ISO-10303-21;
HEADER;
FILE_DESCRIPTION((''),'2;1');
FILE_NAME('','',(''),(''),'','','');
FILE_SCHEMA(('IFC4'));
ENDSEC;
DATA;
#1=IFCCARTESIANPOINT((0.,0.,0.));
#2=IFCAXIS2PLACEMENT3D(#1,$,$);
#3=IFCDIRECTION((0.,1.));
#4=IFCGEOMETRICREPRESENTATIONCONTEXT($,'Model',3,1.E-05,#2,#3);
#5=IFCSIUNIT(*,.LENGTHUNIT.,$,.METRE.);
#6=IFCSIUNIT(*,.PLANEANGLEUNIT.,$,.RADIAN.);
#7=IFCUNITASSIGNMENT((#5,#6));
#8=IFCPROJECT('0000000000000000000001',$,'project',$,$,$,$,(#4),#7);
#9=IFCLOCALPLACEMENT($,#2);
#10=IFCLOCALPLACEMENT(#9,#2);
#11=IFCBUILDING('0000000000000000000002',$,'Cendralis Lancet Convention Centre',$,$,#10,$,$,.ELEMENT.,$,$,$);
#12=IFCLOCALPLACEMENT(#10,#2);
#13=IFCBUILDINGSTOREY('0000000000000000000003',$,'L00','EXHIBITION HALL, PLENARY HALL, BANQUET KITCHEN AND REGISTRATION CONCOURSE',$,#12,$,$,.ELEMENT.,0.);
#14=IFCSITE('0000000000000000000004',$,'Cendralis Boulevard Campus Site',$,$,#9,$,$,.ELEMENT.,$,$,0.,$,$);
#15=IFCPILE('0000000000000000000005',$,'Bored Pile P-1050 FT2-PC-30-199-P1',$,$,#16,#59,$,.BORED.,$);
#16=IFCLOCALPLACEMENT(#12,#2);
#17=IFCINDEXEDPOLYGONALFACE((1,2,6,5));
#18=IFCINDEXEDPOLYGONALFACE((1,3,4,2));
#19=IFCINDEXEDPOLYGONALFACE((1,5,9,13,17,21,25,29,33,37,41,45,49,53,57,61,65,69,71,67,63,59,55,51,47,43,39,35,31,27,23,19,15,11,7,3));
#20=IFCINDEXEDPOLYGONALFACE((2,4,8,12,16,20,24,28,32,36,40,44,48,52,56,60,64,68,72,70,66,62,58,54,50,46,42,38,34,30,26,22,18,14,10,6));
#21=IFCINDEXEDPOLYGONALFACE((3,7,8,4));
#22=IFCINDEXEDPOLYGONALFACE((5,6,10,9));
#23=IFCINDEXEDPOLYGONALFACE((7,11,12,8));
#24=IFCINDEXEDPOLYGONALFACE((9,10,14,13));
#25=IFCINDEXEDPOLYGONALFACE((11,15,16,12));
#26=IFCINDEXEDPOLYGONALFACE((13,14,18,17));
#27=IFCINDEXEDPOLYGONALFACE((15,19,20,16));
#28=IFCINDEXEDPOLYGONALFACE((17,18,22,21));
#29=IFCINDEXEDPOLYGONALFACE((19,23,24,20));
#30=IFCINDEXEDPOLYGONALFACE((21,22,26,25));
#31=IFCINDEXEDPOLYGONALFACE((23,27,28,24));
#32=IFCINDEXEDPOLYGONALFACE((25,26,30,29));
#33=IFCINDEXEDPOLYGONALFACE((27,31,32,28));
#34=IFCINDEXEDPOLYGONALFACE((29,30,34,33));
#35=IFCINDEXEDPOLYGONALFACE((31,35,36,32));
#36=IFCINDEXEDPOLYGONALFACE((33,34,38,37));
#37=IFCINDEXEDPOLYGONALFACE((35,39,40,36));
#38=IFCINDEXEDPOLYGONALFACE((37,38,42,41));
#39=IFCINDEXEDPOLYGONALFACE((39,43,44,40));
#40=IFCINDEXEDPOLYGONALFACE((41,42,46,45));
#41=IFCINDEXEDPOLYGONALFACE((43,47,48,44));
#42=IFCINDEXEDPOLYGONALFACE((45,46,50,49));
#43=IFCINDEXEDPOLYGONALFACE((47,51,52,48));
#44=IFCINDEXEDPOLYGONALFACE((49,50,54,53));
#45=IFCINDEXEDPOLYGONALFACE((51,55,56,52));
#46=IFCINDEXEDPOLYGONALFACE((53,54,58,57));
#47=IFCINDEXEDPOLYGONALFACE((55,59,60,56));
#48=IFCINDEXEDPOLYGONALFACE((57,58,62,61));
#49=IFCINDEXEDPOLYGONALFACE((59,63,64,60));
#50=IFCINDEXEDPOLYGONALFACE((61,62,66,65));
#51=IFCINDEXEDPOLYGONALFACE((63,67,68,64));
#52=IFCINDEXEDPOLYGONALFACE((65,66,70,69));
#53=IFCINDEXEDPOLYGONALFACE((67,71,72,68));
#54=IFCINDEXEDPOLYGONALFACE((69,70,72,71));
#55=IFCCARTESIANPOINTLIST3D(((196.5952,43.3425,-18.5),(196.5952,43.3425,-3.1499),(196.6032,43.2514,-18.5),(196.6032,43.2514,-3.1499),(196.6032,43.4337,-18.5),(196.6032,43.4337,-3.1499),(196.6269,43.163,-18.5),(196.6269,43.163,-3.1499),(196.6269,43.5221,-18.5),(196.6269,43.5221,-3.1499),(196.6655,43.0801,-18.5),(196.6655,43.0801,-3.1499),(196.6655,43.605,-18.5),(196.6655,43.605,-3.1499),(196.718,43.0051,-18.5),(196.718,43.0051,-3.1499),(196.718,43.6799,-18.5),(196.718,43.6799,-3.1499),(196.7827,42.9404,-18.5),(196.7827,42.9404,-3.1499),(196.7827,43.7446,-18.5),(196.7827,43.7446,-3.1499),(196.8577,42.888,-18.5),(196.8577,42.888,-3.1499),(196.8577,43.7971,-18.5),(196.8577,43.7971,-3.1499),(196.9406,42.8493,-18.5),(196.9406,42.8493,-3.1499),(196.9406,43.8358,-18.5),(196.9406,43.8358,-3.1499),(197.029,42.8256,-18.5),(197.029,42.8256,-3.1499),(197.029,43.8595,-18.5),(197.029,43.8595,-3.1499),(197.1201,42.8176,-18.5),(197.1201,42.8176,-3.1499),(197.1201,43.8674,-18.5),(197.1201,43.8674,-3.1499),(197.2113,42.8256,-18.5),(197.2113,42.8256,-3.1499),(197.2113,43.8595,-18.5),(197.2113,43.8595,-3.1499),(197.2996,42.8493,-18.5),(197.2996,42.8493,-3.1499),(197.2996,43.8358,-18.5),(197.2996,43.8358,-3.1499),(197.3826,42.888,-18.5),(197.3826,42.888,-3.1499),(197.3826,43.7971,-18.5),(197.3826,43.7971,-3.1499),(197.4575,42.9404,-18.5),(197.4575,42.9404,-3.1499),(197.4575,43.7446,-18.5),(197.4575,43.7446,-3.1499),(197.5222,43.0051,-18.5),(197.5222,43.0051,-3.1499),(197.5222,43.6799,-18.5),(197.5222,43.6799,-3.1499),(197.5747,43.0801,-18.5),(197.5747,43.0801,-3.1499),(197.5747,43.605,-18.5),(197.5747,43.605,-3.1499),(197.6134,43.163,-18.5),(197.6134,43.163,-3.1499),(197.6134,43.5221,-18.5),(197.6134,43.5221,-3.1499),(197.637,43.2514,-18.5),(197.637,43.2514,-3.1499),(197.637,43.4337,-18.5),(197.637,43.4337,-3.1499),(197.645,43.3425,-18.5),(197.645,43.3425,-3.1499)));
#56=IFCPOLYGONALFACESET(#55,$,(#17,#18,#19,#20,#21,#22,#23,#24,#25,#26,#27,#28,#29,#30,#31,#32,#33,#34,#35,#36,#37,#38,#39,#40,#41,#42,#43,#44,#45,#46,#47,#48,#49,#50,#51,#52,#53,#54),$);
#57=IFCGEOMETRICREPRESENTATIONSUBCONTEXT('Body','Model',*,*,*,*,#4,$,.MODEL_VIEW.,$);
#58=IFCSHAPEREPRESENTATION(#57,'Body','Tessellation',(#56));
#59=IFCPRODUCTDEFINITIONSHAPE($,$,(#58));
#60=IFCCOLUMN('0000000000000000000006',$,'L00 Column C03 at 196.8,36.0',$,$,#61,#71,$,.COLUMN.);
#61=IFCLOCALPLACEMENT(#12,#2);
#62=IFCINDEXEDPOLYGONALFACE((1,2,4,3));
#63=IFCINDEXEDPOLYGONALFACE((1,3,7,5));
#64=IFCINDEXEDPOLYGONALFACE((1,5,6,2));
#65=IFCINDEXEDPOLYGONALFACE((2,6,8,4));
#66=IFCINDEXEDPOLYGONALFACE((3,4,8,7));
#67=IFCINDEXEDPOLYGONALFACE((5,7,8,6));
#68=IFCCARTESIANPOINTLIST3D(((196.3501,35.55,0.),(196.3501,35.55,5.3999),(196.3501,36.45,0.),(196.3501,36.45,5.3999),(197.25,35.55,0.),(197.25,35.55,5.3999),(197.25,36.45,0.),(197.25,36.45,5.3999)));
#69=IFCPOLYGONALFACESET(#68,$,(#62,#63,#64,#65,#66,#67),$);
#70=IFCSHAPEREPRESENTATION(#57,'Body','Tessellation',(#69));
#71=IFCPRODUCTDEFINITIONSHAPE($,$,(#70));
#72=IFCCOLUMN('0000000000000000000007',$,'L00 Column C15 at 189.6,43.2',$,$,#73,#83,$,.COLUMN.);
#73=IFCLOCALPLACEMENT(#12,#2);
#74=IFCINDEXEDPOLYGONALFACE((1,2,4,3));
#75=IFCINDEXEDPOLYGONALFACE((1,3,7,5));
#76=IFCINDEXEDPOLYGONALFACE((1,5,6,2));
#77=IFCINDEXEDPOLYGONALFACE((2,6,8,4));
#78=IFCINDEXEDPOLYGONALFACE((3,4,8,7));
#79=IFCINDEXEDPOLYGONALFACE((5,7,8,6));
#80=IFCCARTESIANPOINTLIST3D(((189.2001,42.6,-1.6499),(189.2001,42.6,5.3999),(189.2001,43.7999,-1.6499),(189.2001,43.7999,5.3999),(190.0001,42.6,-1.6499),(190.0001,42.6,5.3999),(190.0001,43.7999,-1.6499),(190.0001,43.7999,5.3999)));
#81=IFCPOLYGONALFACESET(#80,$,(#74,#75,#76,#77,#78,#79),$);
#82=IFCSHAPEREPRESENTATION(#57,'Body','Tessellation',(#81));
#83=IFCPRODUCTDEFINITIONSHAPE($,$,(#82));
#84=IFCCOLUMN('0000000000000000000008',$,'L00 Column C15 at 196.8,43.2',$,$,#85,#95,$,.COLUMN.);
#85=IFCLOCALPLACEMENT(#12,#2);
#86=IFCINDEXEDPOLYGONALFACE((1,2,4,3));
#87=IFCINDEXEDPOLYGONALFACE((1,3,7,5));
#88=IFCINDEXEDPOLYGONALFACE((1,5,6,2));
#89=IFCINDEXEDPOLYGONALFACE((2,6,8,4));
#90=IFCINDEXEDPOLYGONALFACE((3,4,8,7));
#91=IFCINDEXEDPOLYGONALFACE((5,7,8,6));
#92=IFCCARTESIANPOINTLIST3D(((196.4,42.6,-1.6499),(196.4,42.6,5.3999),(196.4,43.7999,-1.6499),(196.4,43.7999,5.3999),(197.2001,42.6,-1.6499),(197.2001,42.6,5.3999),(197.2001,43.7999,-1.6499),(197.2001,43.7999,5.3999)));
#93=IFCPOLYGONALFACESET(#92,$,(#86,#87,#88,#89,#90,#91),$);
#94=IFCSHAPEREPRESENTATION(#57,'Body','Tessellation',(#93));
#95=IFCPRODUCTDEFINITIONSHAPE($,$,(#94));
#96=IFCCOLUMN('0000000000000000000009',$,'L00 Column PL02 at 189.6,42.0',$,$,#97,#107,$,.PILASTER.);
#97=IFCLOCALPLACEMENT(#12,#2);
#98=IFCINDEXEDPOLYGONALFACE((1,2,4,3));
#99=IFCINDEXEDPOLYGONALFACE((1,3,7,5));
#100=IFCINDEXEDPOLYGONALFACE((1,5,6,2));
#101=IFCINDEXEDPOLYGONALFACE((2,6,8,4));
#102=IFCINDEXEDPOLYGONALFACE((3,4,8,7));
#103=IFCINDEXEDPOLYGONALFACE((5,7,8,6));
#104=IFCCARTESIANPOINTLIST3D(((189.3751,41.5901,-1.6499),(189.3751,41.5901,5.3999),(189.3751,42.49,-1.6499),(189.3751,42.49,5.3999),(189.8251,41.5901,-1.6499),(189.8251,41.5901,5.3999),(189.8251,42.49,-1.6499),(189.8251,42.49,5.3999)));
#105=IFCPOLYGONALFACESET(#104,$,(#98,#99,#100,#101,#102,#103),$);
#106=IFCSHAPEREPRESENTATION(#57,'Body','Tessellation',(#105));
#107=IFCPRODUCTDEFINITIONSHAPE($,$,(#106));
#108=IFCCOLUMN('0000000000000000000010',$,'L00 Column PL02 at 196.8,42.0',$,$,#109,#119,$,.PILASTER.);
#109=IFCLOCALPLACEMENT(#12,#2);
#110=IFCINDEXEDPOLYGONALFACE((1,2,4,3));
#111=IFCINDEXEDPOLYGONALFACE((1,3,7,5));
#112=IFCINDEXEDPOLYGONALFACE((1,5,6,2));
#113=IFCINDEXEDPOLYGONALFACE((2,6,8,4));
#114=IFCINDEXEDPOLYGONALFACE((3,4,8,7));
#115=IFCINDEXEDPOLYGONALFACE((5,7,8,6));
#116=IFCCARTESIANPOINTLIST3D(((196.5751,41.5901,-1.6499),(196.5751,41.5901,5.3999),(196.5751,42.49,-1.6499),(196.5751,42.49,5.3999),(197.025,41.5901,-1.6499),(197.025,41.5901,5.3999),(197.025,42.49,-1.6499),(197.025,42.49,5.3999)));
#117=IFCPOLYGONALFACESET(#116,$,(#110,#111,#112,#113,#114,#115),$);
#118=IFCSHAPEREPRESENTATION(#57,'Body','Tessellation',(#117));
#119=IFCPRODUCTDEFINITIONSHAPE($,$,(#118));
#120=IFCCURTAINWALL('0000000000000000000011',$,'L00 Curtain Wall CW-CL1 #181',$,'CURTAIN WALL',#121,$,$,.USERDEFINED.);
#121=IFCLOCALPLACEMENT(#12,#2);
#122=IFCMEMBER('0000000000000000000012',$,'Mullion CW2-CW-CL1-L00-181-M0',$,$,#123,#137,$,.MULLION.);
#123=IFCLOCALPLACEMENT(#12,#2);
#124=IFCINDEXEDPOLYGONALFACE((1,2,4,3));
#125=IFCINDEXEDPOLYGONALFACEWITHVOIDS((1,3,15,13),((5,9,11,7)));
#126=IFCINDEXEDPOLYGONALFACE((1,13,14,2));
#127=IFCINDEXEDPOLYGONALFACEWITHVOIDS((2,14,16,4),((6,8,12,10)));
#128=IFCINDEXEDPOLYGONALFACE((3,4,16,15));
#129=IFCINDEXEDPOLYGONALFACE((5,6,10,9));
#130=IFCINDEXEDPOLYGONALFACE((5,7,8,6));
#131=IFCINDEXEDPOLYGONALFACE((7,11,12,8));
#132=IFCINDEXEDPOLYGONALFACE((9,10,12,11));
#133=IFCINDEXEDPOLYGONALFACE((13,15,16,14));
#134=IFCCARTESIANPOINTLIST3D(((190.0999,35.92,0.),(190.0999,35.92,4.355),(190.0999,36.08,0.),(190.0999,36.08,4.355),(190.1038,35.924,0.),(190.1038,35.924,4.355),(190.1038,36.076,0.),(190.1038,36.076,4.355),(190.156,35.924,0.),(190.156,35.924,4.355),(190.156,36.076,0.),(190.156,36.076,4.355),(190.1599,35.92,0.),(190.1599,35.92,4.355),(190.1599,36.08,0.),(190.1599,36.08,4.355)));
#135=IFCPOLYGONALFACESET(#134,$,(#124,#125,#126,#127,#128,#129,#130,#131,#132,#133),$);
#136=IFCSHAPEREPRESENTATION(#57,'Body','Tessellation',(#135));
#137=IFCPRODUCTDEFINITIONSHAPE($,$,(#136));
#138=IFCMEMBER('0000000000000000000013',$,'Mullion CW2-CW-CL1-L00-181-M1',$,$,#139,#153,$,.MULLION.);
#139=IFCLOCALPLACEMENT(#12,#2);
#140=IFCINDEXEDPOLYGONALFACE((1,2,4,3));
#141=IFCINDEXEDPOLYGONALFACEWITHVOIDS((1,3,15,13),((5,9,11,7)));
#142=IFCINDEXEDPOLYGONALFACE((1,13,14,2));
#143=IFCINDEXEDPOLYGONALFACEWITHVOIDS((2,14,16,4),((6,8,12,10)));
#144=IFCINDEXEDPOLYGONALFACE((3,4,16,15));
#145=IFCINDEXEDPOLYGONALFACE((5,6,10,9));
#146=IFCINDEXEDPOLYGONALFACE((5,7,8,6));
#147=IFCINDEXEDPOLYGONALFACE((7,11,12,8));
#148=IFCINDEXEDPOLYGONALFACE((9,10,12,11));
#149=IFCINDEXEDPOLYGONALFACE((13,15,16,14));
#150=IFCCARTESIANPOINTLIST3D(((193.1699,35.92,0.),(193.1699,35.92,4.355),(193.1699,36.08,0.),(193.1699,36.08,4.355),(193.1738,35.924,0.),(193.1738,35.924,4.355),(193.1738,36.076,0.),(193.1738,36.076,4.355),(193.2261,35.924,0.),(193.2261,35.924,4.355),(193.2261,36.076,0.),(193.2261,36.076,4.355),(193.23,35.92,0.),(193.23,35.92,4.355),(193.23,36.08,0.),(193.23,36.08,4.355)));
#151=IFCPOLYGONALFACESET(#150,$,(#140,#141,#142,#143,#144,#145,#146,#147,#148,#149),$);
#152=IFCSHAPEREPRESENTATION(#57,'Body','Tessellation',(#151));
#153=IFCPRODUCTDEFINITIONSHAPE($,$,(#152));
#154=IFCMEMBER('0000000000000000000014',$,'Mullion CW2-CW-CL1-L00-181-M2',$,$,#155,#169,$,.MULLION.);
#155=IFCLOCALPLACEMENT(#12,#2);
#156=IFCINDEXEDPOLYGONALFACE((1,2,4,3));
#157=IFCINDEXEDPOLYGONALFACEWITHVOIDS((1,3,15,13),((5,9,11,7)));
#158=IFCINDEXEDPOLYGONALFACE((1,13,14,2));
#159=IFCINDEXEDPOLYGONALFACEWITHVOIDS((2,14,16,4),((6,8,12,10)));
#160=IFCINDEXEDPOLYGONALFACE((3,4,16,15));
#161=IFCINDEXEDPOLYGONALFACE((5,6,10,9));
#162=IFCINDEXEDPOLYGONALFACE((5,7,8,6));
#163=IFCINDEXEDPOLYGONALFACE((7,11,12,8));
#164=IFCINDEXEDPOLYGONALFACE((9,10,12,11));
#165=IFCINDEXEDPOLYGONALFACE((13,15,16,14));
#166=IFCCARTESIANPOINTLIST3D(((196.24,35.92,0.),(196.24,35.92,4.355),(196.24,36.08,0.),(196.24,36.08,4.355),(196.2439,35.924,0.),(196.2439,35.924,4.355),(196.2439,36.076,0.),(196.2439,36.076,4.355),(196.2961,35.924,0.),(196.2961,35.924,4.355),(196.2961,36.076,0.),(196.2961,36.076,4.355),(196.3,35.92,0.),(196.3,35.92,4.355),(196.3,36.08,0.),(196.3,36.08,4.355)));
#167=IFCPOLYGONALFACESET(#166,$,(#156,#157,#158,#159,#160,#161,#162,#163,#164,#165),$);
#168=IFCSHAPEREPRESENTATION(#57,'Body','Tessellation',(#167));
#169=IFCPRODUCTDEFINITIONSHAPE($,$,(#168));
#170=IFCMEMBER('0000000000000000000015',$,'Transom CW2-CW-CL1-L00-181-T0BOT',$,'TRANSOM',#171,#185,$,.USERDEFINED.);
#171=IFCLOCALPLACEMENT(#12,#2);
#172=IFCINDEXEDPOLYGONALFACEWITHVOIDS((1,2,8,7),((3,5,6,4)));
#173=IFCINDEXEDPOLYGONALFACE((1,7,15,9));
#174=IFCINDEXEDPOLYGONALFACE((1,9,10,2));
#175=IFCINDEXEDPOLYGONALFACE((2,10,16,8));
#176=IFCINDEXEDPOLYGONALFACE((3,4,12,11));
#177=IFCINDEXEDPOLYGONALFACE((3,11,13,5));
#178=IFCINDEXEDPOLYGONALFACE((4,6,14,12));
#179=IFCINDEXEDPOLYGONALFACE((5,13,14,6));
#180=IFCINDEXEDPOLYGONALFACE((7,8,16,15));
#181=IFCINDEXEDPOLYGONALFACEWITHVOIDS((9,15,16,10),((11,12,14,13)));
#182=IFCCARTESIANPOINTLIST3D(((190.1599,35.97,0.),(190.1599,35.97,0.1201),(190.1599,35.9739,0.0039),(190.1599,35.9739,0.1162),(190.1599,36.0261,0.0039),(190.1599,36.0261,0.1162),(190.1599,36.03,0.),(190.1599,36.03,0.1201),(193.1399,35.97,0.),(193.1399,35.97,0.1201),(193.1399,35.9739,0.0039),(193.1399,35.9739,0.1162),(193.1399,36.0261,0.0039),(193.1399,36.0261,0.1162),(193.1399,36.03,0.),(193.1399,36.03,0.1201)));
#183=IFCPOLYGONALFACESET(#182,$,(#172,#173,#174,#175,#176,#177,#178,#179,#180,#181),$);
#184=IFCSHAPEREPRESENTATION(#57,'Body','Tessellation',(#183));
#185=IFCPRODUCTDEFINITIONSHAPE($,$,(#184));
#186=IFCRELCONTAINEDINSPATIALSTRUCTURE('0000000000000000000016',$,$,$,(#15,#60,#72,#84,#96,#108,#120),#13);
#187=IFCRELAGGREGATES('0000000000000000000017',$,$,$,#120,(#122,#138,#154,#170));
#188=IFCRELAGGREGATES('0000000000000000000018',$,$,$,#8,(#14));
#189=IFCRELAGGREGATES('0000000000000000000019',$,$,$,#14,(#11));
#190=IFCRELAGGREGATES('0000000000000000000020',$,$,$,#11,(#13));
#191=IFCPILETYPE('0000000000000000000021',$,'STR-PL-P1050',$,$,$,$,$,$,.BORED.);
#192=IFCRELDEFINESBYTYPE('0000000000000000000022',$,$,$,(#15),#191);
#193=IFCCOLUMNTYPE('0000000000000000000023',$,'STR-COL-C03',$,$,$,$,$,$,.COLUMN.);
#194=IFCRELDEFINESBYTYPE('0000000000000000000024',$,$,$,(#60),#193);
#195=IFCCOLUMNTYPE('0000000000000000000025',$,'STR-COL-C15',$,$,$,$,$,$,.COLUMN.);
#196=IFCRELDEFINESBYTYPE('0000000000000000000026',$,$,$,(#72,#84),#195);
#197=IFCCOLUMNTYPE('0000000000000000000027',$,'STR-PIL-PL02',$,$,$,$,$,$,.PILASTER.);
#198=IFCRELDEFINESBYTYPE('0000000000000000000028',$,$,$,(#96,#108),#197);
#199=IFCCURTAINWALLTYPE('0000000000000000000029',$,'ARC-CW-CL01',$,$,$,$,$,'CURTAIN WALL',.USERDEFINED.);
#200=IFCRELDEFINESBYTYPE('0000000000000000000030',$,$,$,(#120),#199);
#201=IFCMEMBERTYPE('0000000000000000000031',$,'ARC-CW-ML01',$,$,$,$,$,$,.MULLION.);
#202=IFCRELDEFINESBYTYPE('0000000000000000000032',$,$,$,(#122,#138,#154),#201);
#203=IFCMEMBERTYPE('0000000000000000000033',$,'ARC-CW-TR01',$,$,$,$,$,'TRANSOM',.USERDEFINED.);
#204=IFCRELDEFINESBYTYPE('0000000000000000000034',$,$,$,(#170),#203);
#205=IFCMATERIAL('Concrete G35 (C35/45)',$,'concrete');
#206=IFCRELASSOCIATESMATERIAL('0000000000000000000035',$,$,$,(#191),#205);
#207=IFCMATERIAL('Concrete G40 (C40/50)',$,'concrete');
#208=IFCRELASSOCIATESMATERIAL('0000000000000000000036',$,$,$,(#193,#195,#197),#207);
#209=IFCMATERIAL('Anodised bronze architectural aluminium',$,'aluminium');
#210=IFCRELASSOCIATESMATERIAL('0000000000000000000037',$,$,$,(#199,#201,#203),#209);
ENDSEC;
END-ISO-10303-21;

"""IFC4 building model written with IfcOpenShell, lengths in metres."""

from ifc_helpers import new_model, si_unit, direction, frame, origin, origin_2d, place, context, subcontext, project, spatial, rectangle, hollow_rectangle, circle, extrude, material, material_profile, profile_set, type_object, element, aggregate, save


model = new_model("IFC4")

# Units and contexts
model_context = context("Model", 3, precision=1e-05, world=origin(), true_north=direction((0.0, 1.0)))
body_context = subcontext(model_context, "Body", "Model", "MODEL_VIEW")
ifc_project = project(units=[si_unit("LENGTHUNIT", "METRE"), si_unit("PLANEANGLEUNIT", "RADIAN")], contexts=[model_context])

# Site, building, storey
site_placement = place(None, origin())
site = spatial("IfcSite", under=ifc_project, at=site_placement, Name="Cendralis Boulevard Campus Site", CompositionType="ELEMENT", RefElevation=0.0)
building_placement = place(site_placement, origin())
building = spatial("IfcBuilding", under=site, at=building_placement, Name="Cendralis Lancet Convention Centre", CompositionType="ELEMENT")
storey_placement = place(building_placement, origin())
storey = spatial("IfcBuildingStorey", under=building, at=storey_placement, Name="L00", Description="EXHIBITION HALL, PLENARY HALL, BANQUET KITCHEN AND REGISTRATION CONCOURSE", CompositionType="ELEMENT", Elevation=0.0)

# Shared definitions
ifc_material_1 = material(Name="Concrete G35 (C35/45)", Category="concrete")

# Pile
ifc_material_profile_1 = material_profile(ifc_material_1, circle(Radius=0.5249, at=origin_2d()), Name="BORED PILE D1050")
ifc_profile_set_1 = profile_set([ifc_material_profile_1], Name="Concrete G35 (C35/45)")
pile_type = type_object("IfcPileType", Name="STR-PL-P1050", PredefinedType="BORED", material=ifc_profile_set_1)
for number, where, z_axis, x_axis, name in (
    (1, (197.1201, 43.3425, -3.1499), (0.0, 0.0, -1.0), (1.0, 0.0, 0.0), "Bored Pile P-1050 FT2-PC-30-199-P1"),
):
    element("IfcPile", number, at=place(storey_placement, frame(where, z_axis=z_axis, x_axis=x_axis)), inside=storey, type_object=pile_type, Name=name, PredefinedType="BORED", context=body_context, shape_type="SweptSolid", body=[
        extrude(circle(Radius=0.5249, at=origin_2d()), origin(), (0.0, 0.0, 1.0), 15.3501),
    ])

# Columns
ifc_material_2 = material(Name="Concrete G40 (C40/50)", Category="concrete")
ifc_material_profile_2 = material_profile(ifc_material_2, rectangle(XDim=0.8999, YDim=0.8999, at=origin_2d()), Name="RC 900x900")
ifc_profile_set_2 = profile_set([ifc_material_profile_2], Name="Concrete G40 (C40/50)")
column_type_1 = type_object("IfcColumnType", Name="STR-COL-C03", PredefinedType="COLUMN", material=ifc_profile_set_2)
column_placement = place(storey_placement, frame((196.8, 36.0, 0.0), z_axis=(0.0, 0.0, 1.0), x_axis=(1.0, 0.0, 0.0)))
element("IfcColumn", 2, at=column_placement, inside=storey, type_object=column_type_1, Name="L00 Column C03 at 196.8,36.0", PredefinedType="COLUMN", context=body_context, shape_type="SweptSolid", body=[
    extrude(rectangle(XDim=0.8999, YDim=0.8999, at=origin_2d()), origin(), (0.0, 0.0, 1.0), 5.3999),
])
ifc_material_profile_3 = material_profile(ifc_material_2, rectangle(XDim=0.8, YDim=1.2, at=origin_2d()), Name="RC 800x1200")
ifc_profile_set_3 = profile_set([ifc_material_profile_3], Name="Concrete G40 (C40/50)")
column_type_2 = type_object("IfcColumnType", Name="STR-COL-C15", PredefinedType="COLUMN", material=ifc_profile_set_3)
for number, where, z_axis, x_axis, name in (
    (3, (189.6001, 43.2, -1.6499), (0.0, 0.0, 1.0), (1.0, 0.0, 0.0), "L00 Column C15 at 189.6,43.2"),
    (4, (196.8, 43.2, -1.6499), (0.0, 0.0, 1.0), (1.0, 0.0, 0.0), "L00 Column C15 at 196.8,43.2"),
):
    element("IfcColumn", number, at=place(storey_placement, frame(where, z_axis=z_axis, x_axis=x_axis)), inside=storey, type_object=column_type_2, Name=name, PredefinedType="COLUMN", context=body_context, shape_type="SweptSolid", body=[
        extrude(rectangle(XDim=0.8, YDim=1.2, at=origin_2d()), origin(), (0.0, 0.0, 1.0), 7.0498),
    ])
ifc_material_profile_4 = material_profile(ifc_material_2, rectangle(XDim=0.45, YDim=0.8999, at=origin_2d()), Name="RC 450x900")
ifc_profile_set_4 = profile_set([ifc_material_profile_4], Name="Concrete G40 (C40/50)")
column_type_3 = type_object("IfcColumnType", Name="STR-PIL-PL02", PredefinedType="PILASTER", material=ifc_profile_set_4)
for number, where, z_axis, x_axis, name in (
    (5, (189.6001, 42.04, -1.6499), (0.0, 0.0, 1.0), (1.0, 0.0, 0.0), "L00 Column PL02 at 189.6,42.0"),
    (6, (196.8, 42.04, -1.6499), (0.0, 0.0, 1.0), (1.0, 0.0, 0.0), "L00 Column PL02 at 196.8,42.0"),
):
    element("IfcColumn", number, at=place(storey_placement, frame(where, z_axis=z_axis, x_axis=x_axis)), inside=storey, type_object=column_type_3, Name=name, PredefinedType="PILASTER", context=body_context, shape_type="SweptSolid", body=[
        extrude(rectangle(XDim=0.45, YDim=0.8999, at=origin_2d()), origin(), (0.0, 0.0, 1.0), 7.0498),
    ])

# Curtain wall, members
ifc_material_3 = material(Name="Anodised bronze architectural aluminium", Category="aluminium")
curtain_wall_type = type_object("IfcCurtainWallType", Name="ARC-CW-CL01", ElementType="CURTAIN WALL", PredefinedType="USERDEFINED", material=ifc_material_3)
curtain_wall_placement = place(storey_placement, origin())
curtain_wall = element("IfcCurtainWall", 7, at=curtain_wall_placement, inside=storey, type_object=curtain_wall_type, Name="L00 Curtain Wall CW-CL1 #181", ObjectType="CURTAIN WALL", PredefinedType="USERDEFINED")
ifc_material_profile_5 = material_profile(ifc_material_3, hollow_rectangle(XDim=0.0601, YDim=0.1599, WallThickness=0.0039, at=origin_2d()), Name="AL-MULL 60x160x4.0")
ifc_profile_set_5 = profile_set([ifc_material_profile_5], Name="Anodised bronze architectural aluminium")
member_type_1 = type_object("IfcMemberType", Name="ARC-CW-ML01", PredefinedType="MULLION", material=ifc_profile_set_5)
member_1_placement = place(storey_placement, frame((190.1299, 36.0, 0.0), z_axis=(0.0, 0.0, 1.0), x_axis=(1.0, 0.0, 0.0)))
member_1 = element("IfcMember", 8, at=member_1_placement, type_object=member_type_1, Name="Mullion CW2-CW-CL1-L00-181-M0", PredefinedType="MULLION", context=body_context, shape_type="SweptSolid", body=[
    extrude(hollow_rectangle(XDim=0.0601, YDim=0.1599, WallThickness=0.0039, at=origin_2d()), origin(), (0.0, 0.0, 1.0), 4.355),
])
member_2_placement = place(storey_placement, frame((193.2, 36.0, 0.0), z_axis=(0.0, 0.0, 1.0), x_axis=(1.0, 0.0, 0.0)))
member_2 = element("IfcMember", 9, at=member_2_placement, type_object=member_type_1, Name="Mullion CW2-CW-CL1-L00-181-M1", PredefinedType="MULLION", context=body_context, shape_type="SweptSolid", body=[
    extrude(hollow_rectangle(XDim=0.0601, YDim=0.1599, WallThickness=0.0039, at=origin_2d()), origin(), (0.0, 0.0, 1.0), 4.355),
])
member_3_placement = place(storey_placement, frame((196.27, 36.0, 0.0), z_axis=(0.0, 0.0, 1.0), x_axis=(1.0, 0.0, 0.0)))
member_3 = element("IfcMember", 10, at=member_3_placement, type_object=member_type_1, Name="Mullion CW2-CW-CL1-L00-181-M2", PredefinedType="MULLION", context=body_context, shape_type="SweptSolid", body=[
    extrude(hollow_rectangle(XDim=0.0601, YDim=0.1599, WallThickness=0.0039, at=origin_2d()), origin(), (0.0, 0.0, 1.0), 4.355),
])
ifc_material_profile_6 = material_profile(ifc_material_3, hollow_rectangle(XDim=0.0601, YDim=0.1201, WallThickness=0.0039, at=origin_2d()), Name="AL-TRAN 60x120x4.0")
ifc_profile_set_6 = profile_set([ifc_material_profile_6], Name="Anodised bronze architectural aluminium")
member_type_2 = type_object("IfcMemberType", Name="ARC-CW-TR01", ElementType="TRANSOM", PredefinedType="USERDEFINED", material=ifc_profile_set_6)
member_4_placement = place(storey_placement, frame((190.1599, 36.0, 0.0601), z_axis=(1.0, 0.0, 0.0), x_axis=(0.0, 1.0, 0.0)))
member_4 = element("IfcMember", 11, at=member_4_placement, type_object=member_type_2, Name="Transom CW2-CW-CL1-L00-181-T0BOT", ObjectType="TRANSOM", PredefinedType="USERDEFINED", context=body_context, shape_type="SweptSolid", body=[
    extrude(hollow_rectangle(XDim=0.0601, YDim=0.1201, WallThickness=0.0039, at=origin_2d()), origin(), (0.0, 0.0, 1.0), 2.98),
])

aggregate(curtain_wall, [member_1, member_2, member_3, member_4])

save(model, "model.ifc")
